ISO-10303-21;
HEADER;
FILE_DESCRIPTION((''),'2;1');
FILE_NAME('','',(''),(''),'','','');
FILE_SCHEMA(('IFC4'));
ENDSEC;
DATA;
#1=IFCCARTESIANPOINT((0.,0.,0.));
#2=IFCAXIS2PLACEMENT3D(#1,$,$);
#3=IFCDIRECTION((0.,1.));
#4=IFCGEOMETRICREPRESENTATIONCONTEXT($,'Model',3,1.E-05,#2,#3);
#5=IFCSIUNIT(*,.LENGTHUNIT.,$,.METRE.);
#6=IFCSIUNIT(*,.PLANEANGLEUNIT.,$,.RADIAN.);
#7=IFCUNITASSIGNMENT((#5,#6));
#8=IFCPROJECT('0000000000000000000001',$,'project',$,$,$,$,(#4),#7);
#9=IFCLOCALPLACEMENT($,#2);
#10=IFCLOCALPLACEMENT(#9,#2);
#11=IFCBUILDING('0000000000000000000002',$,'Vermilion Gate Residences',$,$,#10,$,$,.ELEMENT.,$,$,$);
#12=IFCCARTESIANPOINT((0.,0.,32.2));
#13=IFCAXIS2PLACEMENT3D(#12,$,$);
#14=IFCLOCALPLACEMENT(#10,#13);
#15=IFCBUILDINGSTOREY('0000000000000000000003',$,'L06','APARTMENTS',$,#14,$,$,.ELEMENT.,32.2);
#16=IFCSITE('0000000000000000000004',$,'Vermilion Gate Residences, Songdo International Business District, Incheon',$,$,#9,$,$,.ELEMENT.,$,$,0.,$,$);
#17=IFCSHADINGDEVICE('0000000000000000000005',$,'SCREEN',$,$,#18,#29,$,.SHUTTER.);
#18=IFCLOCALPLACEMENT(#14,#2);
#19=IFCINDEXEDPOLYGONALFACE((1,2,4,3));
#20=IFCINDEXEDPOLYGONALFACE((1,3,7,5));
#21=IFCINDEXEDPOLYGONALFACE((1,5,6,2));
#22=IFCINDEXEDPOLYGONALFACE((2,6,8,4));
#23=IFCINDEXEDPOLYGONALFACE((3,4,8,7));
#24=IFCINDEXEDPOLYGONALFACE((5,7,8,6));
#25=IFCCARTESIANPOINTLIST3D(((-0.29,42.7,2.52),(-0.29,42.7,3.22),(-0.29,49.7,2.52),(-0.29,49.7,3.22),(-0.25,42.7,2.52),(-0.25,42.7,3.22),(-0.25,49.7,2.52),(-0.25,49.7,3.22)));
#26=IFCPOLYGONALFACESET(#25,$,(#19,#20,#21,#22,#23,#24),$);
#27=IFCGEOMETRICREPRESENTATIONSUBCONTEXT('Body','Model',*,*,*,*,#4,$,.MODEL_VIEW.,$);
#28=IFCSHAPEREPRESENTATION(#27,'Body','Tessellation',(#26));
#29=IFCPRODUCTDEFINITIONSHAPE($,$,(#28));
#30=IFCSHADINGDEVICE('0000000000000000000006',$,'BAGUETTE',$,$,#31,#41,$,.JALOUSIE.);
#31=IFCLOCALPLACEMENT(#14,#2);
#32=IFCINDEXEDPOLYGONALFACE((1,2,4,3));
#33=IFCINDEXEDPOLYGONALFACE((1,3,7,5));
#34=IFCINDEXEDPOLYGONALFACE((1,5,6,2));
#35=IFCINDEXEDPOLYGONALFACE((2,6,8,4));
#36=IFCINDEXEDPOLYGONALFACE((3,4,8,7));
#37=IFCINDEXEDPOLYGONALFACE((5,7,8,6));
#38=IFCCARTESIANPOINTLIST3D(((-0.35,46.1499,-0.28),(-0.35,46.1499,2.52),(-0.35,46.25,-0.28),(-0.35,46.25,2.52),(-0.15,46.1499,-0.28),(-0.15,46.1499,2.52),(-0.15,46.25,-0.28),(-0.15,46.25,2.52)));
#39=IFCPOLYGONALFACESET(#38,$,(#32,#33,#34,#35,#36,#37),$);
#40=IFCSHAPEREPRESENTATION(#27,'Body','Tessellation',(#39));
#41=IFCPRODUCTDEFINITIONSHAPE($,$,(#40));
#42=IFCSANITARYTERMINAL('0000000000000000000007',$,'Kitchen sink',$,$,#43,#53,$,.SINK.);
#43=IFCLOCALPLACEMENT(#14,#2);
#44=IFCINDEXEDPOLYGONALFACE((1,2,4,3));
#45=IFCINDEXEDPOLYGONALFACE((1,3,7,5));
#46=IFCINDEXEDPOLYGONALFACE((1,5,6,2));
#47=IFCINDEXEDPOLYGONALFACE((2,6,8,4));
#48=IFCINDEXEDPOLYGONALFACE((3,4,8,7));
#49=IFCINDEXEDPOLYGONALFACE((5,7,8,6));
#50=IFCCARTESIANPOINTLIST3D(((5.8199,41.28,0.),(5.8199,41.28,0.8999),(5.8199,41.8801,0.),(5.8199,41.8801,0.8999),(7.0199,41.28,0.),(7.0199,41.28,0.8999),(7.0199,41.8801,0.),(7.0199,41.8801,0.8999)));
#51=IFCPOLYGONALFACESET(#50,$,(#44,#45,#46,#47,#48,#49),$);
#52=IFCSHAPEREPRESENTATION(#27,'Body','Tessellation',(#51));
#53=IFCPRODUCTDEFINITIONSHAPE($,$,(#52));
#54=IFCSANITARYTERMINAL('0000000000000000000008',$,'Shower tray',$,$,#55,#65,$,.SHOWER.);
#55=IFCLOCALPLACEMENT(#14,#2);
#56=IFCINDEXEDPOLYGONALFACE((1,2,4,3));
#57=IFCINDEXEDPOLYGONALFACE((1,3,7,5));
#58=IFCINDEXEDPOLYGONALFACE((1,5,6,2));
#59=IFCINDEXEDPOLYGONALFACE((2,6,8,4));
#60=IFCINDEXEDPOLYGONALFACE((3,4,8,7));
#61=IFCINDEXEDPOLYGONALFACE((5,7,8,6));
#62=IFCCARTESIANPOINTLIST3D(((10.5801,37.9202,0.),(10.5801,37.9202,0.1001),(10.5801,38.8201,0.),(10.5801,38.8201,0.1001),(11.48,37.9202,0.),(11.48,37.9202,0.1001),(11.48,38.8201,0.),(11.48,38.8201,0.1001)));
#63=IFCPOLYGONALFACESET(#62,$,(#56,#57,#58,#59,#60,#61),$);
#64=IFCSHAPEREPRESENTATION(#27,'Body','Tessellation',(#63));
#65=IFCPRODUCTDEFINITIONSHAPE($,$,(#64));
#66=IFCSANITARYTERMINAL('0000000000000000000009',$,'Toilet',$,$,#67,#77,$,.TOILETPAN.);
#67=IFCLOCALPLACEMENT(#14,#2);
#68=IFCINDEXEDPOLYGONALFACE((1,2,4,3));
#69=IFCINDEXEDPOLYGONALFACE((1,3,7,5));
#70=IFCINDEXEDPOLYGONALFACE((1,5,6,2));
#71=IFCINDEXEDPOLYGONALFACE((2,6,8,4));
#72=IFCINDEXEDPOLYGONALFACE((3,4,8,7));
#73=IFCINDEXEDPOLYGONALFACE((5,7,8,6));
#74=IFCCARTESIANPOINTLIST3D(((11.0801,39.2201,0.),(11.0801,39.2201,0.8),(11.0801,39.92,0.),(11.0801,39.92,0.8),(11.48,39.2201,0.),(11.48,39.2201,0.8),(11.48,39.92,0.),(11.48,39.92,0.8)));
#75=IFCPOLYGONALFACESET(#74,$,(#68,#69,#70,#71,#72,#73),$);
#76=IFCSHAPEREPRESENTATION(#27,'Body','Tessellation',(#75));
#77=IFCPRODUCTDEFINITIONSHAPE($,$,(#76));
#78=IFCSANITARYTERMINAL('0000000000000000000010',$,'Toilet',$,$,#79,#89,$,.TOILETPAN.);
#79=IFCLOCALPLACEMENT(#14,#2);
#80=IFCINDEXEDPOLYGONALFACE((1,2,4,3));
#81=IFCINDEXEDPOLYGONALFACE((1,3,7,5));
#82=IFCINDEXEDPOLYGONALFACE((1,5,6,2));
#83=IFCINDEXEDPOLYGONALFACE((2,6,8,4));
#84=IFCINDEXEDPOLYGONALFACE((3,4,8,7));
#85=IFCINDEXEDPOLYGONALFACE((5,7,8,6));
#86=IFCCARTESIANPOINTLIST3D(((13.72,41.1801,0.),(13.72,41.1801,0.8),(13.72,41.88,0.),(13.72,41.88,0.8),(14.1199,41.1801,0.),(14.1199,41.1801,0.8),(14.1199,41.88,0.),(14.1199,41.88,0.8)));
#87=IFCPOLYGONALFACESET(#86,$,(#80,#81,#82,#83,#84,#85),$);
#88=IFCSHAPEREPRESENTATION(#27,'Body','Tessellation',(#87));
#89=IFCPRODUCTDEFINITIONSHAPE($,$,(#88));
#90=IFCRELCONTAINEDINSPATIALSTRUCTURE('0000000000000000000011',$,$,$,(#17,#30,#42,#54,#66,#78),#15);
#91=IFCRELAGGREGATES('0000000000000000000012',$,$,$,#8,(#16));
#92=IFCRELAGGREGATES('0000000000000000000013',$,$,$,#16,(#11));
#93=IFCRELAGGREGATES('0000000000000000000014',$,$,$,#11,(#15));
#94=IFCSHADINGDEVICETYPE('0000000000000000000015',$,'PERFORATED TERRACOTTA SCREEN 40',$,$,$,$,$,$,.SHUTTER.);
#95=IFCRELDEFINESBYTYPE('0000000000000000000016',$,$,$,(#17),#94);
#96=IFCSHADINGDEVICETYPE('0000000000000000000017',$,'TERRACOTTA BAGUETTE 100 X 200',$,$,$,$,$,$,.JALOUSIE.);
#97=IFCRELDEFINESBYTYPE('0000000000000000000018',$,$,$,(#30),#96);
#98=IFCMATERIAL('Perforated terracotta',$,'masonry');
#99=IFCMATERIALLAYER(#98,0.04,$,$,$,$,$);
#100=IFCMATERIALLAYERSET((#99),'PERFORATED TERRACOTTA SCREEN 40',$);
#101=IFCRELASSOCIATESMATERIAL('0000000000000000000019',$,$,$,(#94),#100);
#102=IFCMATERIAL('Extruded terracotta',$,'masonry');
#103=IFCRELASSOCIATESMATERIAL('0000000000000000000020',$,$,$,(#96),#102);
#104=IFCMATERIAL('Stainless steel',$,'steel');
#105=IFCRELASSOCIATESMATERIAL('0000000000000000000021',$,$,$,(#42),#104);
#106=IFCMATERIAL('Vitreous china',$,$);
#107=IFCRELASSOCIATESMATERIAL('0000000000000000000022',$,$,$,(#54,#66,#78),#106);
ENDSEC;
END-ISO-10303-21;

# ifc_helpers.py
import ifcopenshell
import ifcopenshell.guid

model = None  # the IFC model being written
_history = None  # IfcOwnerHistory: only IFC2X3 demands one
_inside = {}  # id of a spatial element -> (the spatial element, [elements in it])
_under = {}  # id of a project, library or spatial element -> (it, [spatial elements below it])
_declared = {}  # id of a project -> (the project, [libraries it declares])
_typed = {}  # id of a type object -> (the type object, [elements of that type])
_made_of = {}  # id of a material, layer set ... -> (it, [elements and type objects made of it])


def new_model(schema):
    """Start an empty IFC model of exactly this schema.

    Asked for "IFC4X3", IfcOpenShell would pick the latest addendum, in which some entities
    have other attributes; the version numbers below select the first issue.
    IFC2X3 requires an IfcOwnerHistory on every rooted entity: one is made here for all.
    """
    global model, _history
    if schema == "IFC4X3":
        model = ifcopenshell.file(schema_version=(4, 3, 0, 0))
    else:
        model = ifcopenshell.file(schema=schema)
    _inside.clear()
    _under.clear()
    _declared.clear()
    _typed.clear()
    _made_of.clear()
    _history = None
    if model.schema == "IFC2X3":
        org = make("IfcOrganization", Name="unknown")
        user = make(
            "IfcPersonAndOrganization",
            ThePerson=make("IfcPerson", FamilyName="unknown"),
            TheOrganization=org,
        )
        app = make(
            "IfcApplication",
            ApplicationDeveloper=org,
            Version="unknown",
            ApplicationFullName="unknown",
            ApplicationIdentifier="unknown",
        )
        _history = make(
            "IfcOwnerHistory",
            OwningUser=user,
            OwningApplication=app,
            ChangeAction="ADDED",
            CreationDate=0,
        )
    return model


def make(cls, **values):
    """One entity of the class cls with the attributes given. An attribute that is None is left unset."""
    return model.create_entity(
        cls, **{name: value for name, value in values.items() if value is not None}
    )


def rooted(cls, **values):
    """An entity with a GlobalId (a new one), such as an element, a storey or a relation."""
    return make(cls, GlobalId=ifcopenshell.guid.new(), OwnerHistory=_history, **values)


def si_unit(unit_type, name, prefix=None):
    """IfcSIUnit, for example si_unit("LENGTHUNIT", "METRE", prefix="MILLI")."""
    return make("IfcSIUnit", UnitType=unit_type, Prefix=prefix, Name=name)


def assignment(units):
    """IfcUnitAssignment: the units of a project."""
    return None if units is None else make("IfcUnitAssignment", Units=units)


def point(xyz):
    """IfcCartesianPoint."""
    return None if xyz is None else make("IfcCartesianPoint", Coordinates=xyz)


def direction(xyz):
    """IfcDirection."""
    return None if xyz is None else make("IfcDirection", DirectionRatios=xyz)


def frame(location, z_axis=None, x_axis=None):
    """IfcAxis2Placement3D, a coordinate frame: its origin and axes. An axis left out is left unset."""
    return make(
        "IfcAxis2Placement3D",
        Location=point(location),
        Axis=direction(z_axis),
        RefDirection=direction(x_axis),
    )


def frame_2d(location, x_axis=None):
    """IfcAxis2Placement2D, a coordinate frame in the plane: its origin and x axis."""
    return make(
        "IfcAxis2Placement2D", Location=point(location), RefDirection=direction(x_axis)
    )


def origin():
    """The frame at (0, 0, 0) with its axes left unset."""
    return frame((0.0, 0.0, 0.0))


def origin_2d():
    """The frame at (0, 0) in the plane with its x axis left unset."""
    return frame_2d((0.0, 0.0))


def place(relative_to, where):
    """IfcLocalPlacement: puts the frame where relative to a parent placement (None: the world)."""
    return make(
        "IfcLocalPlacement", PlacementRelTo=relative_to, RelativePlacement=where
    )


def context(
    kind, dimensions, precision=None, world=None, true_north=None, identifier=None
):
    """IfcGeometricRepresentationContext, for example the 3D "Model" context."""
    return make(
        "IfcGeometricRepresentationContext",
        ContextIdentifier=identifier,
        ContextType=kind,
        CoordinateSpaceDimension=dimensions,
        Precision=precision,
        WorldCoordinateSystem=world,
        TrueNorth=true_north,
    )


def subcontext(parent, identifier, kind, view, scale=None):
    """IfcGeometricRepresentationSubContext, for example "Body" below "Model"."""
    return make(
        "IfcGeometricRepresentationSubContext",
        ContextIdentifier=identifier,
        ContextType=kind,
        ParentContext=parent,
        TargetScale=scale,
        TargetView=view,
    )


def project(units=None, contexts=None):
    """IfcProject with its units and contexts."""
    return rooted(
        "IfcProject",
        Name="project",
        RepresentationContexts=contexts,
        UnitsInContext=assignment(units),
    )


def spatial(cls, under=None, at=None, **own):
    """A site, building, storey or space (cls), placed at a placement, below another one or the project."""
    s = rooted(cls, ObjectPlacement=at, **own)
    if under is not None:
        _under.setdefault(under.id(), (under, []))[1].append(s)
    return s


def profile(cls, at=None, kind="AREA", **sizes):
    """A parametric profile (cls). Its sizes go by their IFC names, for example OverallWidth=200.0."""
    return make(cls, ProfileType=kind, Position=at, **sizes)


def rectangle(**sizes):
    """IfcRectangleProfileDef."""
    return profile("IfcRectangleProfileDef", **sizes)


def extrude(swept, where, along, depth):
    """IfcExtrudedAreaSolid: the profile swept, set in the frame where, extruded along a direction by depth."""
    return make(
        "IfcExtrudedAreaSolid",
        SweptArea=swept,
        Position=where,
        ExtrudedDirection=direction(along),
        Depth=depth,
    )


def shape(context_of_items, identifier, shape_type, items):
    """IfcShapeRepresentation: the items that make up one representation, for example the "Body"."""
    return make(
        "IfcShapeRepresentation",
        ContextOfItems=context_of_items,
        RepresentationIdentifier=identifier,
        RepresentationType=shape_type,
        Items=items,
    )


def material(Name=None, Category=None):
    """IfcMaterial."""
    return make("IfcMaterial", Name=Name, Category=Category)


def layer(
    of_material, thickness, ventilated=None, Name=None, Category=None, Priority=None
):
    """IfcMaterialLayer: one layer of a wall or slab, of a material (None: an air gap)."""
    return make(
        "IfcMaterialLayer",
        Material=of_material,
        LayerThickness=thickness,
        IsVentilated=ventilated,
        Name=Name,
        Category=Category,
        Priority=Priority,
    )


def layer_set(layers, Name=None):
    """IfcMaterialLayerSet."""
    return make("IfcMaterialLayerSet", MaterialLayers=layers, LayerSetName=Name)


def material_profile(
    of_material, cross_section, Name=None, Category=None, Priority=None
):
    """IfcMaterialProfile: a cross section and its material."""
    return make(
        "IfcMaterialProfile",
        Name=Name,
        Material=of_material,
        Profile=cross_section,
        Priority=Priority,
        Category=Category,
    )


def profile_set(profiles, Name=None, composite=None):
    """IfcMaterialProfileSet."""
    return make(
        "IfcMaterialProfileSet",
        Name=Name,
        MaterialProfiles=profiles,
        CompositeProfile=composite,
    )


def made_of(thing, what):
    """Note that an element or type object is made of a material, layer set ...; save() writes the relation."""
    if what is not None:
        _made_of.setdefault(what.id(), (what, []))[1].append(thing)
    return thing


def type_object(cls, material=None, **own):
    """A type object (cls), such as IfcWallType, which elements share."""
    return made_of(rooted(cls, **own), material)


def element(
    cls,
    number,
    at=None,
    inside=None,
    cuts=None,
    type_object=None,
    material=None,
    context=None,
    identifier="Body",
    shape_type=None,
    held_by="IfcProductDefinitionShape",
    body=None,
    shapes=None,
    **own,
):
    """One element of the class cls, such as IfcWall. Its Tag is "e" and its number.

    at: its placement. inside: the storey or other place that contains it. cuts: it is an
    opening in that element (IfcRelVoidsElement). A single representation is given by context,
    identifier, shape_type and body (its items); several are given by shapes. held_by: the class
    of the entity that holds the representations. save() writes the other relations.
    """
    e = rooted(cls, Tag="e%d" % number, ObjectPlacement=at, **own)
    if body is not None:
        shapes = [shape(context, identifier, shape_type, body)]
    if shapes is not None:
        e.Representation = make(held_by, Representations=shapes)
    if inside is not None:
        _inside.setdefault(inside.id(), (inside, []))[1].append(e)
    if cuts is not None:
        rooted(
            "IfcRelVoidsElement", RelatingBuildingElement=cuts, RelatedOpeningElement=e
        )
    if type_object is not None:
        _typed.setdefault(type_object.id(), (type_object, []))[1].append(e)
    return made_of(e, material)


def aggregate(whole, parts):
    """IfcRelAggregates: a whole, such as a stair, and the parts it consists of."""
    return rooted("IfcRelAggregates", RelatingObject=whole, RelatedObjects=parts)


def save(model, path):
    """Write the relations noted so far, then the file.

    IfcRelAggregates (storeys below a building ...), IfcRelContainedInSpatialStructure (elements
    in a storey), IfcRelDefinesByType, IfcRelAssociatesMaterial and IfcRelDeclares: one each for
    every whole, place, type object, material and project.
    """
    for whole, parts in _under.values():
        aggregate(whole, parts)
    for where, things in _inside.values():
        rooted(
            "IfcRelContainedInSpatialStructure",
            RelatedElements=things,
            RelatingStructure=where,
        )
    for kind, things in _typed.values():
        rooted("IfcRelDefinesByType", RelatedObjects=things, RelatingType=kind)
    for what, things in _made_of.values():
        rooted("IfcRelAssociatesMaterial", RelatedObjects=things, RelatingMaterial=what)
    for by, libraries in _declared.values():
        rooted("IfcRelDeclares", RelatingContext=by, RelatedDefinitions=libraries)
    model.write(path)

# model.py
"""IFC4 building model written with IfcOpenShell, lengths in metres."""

from ifc_helpers import new_model, si_unit, direction, frame, origin, origin_2d, place, context, subcontext, project, spatial, rectangle, extrude, material, layer, layer_set, material_profile, profile_set, type_object, element, save


model = new_model("IFC4")

# Units and contexts
model_context = context("Model", 3, precision=1e-05, world=origin(), true_north=direction((0.0, 1.0)))
body_context = subcontext(model_context, "Body", "Model", "MODEL_VIEW")
ifc_project = project(units=[si_unit("LENGTHUNIT", "METRE"), si_unit("PLANEANGLEUNIT", "RADIAN")], contexts=[model_context])

# Site, building, storey
site_placement = place(None, origin())
site = spatial("IfcSite", under=ifc_project, at=site_placement, Name="Vermilion Gate Residences, Songdo International Business District, Incheon", CompositionType="ELEMENT", RefElevation=0.0)
building_placement = place(site_placement, origin())
building = spatial("IfcBuilding", under=site, at=building_placement, Name="Vermilion Gate Residences", CompositionType="ELEMENT")
storey_placement = place(building_placement, frame((0.0, 0.0, 32.2)))
storey = spatial("IfcBuildingStorey", under=building, at=storey_placement, Name="L06", Description="APARTMENTS", CompositionType="ELEMENT", Elevation=32.2)

# Shading devices
ifc_material_1 = material(Name="Perforated terracotta", Category="masonry")
ifc_layer_1 = layer(ifc_material_1, 0.04)
ifc_layer_set_1 = layer_set([ifc_layer_1], Name="PERFORATED TERRACOTTA SCREEN 40")
shading_device_type_1 = type_object("IfcShadingDeviceType", Name="PERFORATED TERRACOTTA SCREEN 40", PredefinedType="SHUTTER", material=ifc_layer_set_1)
shading_device_1_placement = place(storey_placement, frame((-0.27, 46.2, 2.52), z_axis=(0.0, 0.0, 1.0), x_axis=(0.0, -1.0, 0.0)))
element("IfcShadingDevice", 1, at=shading_device_1_placement, inside=storey, type_object=shading_device_type_1, Name="SCREEN", PredefinedType="SHUTTER", context=body_context, shape_type="SweptSolid", body=[
    extrude(rectangle(XDim=7.0, YDim=0.04, at=origin_2d()), origin(), (0.0, 0.0, 1.0), 0.7),
])
ifc_material_2 = material(Name="Extruded terracotta", Category="masonry")
ifc_material_profile_1 = material_profile(ifc_material_2, rectangle(XDim=0.2, YDim=0.1001, at=origin_2d()), Name="BAGUETTE 100 X 200")
ifc_profile_set_1 = profile_set([ifc_material_profile_1], Name="Extruded terracotta")
shading_device_type_2 = type_object("IfcShadingDeviceType", Name="TERRACOTTA BAGUETTE 100 X 200", PredefinedType="JALOUSIE", material=ifc_profile_set_1)
shading_device_2_placement = place(storey_placement, frame((-0.25, 46.2, -0.28), z_axis=(0.0, 0.0, 1.0), x_axis=(1.0, 0.0, 0.0)))
element("IfcShadingDevice", 2, at=shading_device_2_placement, inside=storey, type_object=shading_device_type_2, Name="BAGUETTE", PredefinedType="JALOUSIE", context=body_context, shape_type="SweptSolid", body=[
    extrude(rectangle(XDim=0.2, YDim=0.1001, at=origin_2d()), origin(), (0.0, 0.0, 1.0), 2.8),
])

# Sanitary terminals
ifc_material_3 = material(Name="Stainless steel", Category="steel")
sanitary_terminal_1_placement = place(storey_placement, frame((6.4199, 41.5801, 0.0), z_axis=(0.0, 0.0, 1.0), x_axis=(1.0, 0.0, 0.0)))
element("IfcSanitaryTerminal", 3, at=sanitary_terminal_1_placement, inside=storey, material=ifc_material_3, Name="Kitchen sink", PredefinedType="SINK", context=body_context, shape_type="SweptSolid", body=[
    extrude(rectangle(XDim=1.2, YDim=0.6001, at=origin_2d()), origin(), (0.0, 0.0, 1.0), 0.8999),
])
ifc_material_4 = material(Name="Vitreous china")
sanitary_terminal_2_placement = place(storey_placement, frame((11.03, 38.3701, 0.0), z_axis=(0.0, 0.0, 1.0), x_axis=(1.0, 0.0, 0.0)))
element("IfcSanitaryTerminal", 4, at=sanitary_terminal_2_placement, inside=storey, material=ifc_material_4, Name="Shower tray", PredefinedType="SHOWER", context=body_context, shape_type="SweptSolid", body=[
    extrude(rectangle(XDim=0.8999, YDim=0.8999, at=origin_2d()), origin(), (0.0, 0.0, 1.0), 0.1001),
])
for number, where, z_axis, x_axis, name in (
    (5, (11.28, 39.5701, 0.0), (0.0, 0.0, 1.0), (1.0, 0.0, 0.0), "Toilet"),
    (6, (13.9199, 41.53, 0.0), (0.0, 0.0, 1.0), (1.0, 0.0, 0.0), "Toilet"),
):
    element("IfcSanitaryTerminal", number, at=place(storey_placement, frame(where, z_axis=z_axis, x_axis=x_axis)), inside=storey, material=ifc_material_4, Name=name, PredefinedType="TOILETPAN", context=body_context, shape_type="SweptSolid", body=[
        extrude(rectangle(XDim=0.3999, YDim=0.7, at=origin_2d()), origin(), (0.0, 0.0, 1.0), 0.8),
    ])

save(model, "model.ifc")
